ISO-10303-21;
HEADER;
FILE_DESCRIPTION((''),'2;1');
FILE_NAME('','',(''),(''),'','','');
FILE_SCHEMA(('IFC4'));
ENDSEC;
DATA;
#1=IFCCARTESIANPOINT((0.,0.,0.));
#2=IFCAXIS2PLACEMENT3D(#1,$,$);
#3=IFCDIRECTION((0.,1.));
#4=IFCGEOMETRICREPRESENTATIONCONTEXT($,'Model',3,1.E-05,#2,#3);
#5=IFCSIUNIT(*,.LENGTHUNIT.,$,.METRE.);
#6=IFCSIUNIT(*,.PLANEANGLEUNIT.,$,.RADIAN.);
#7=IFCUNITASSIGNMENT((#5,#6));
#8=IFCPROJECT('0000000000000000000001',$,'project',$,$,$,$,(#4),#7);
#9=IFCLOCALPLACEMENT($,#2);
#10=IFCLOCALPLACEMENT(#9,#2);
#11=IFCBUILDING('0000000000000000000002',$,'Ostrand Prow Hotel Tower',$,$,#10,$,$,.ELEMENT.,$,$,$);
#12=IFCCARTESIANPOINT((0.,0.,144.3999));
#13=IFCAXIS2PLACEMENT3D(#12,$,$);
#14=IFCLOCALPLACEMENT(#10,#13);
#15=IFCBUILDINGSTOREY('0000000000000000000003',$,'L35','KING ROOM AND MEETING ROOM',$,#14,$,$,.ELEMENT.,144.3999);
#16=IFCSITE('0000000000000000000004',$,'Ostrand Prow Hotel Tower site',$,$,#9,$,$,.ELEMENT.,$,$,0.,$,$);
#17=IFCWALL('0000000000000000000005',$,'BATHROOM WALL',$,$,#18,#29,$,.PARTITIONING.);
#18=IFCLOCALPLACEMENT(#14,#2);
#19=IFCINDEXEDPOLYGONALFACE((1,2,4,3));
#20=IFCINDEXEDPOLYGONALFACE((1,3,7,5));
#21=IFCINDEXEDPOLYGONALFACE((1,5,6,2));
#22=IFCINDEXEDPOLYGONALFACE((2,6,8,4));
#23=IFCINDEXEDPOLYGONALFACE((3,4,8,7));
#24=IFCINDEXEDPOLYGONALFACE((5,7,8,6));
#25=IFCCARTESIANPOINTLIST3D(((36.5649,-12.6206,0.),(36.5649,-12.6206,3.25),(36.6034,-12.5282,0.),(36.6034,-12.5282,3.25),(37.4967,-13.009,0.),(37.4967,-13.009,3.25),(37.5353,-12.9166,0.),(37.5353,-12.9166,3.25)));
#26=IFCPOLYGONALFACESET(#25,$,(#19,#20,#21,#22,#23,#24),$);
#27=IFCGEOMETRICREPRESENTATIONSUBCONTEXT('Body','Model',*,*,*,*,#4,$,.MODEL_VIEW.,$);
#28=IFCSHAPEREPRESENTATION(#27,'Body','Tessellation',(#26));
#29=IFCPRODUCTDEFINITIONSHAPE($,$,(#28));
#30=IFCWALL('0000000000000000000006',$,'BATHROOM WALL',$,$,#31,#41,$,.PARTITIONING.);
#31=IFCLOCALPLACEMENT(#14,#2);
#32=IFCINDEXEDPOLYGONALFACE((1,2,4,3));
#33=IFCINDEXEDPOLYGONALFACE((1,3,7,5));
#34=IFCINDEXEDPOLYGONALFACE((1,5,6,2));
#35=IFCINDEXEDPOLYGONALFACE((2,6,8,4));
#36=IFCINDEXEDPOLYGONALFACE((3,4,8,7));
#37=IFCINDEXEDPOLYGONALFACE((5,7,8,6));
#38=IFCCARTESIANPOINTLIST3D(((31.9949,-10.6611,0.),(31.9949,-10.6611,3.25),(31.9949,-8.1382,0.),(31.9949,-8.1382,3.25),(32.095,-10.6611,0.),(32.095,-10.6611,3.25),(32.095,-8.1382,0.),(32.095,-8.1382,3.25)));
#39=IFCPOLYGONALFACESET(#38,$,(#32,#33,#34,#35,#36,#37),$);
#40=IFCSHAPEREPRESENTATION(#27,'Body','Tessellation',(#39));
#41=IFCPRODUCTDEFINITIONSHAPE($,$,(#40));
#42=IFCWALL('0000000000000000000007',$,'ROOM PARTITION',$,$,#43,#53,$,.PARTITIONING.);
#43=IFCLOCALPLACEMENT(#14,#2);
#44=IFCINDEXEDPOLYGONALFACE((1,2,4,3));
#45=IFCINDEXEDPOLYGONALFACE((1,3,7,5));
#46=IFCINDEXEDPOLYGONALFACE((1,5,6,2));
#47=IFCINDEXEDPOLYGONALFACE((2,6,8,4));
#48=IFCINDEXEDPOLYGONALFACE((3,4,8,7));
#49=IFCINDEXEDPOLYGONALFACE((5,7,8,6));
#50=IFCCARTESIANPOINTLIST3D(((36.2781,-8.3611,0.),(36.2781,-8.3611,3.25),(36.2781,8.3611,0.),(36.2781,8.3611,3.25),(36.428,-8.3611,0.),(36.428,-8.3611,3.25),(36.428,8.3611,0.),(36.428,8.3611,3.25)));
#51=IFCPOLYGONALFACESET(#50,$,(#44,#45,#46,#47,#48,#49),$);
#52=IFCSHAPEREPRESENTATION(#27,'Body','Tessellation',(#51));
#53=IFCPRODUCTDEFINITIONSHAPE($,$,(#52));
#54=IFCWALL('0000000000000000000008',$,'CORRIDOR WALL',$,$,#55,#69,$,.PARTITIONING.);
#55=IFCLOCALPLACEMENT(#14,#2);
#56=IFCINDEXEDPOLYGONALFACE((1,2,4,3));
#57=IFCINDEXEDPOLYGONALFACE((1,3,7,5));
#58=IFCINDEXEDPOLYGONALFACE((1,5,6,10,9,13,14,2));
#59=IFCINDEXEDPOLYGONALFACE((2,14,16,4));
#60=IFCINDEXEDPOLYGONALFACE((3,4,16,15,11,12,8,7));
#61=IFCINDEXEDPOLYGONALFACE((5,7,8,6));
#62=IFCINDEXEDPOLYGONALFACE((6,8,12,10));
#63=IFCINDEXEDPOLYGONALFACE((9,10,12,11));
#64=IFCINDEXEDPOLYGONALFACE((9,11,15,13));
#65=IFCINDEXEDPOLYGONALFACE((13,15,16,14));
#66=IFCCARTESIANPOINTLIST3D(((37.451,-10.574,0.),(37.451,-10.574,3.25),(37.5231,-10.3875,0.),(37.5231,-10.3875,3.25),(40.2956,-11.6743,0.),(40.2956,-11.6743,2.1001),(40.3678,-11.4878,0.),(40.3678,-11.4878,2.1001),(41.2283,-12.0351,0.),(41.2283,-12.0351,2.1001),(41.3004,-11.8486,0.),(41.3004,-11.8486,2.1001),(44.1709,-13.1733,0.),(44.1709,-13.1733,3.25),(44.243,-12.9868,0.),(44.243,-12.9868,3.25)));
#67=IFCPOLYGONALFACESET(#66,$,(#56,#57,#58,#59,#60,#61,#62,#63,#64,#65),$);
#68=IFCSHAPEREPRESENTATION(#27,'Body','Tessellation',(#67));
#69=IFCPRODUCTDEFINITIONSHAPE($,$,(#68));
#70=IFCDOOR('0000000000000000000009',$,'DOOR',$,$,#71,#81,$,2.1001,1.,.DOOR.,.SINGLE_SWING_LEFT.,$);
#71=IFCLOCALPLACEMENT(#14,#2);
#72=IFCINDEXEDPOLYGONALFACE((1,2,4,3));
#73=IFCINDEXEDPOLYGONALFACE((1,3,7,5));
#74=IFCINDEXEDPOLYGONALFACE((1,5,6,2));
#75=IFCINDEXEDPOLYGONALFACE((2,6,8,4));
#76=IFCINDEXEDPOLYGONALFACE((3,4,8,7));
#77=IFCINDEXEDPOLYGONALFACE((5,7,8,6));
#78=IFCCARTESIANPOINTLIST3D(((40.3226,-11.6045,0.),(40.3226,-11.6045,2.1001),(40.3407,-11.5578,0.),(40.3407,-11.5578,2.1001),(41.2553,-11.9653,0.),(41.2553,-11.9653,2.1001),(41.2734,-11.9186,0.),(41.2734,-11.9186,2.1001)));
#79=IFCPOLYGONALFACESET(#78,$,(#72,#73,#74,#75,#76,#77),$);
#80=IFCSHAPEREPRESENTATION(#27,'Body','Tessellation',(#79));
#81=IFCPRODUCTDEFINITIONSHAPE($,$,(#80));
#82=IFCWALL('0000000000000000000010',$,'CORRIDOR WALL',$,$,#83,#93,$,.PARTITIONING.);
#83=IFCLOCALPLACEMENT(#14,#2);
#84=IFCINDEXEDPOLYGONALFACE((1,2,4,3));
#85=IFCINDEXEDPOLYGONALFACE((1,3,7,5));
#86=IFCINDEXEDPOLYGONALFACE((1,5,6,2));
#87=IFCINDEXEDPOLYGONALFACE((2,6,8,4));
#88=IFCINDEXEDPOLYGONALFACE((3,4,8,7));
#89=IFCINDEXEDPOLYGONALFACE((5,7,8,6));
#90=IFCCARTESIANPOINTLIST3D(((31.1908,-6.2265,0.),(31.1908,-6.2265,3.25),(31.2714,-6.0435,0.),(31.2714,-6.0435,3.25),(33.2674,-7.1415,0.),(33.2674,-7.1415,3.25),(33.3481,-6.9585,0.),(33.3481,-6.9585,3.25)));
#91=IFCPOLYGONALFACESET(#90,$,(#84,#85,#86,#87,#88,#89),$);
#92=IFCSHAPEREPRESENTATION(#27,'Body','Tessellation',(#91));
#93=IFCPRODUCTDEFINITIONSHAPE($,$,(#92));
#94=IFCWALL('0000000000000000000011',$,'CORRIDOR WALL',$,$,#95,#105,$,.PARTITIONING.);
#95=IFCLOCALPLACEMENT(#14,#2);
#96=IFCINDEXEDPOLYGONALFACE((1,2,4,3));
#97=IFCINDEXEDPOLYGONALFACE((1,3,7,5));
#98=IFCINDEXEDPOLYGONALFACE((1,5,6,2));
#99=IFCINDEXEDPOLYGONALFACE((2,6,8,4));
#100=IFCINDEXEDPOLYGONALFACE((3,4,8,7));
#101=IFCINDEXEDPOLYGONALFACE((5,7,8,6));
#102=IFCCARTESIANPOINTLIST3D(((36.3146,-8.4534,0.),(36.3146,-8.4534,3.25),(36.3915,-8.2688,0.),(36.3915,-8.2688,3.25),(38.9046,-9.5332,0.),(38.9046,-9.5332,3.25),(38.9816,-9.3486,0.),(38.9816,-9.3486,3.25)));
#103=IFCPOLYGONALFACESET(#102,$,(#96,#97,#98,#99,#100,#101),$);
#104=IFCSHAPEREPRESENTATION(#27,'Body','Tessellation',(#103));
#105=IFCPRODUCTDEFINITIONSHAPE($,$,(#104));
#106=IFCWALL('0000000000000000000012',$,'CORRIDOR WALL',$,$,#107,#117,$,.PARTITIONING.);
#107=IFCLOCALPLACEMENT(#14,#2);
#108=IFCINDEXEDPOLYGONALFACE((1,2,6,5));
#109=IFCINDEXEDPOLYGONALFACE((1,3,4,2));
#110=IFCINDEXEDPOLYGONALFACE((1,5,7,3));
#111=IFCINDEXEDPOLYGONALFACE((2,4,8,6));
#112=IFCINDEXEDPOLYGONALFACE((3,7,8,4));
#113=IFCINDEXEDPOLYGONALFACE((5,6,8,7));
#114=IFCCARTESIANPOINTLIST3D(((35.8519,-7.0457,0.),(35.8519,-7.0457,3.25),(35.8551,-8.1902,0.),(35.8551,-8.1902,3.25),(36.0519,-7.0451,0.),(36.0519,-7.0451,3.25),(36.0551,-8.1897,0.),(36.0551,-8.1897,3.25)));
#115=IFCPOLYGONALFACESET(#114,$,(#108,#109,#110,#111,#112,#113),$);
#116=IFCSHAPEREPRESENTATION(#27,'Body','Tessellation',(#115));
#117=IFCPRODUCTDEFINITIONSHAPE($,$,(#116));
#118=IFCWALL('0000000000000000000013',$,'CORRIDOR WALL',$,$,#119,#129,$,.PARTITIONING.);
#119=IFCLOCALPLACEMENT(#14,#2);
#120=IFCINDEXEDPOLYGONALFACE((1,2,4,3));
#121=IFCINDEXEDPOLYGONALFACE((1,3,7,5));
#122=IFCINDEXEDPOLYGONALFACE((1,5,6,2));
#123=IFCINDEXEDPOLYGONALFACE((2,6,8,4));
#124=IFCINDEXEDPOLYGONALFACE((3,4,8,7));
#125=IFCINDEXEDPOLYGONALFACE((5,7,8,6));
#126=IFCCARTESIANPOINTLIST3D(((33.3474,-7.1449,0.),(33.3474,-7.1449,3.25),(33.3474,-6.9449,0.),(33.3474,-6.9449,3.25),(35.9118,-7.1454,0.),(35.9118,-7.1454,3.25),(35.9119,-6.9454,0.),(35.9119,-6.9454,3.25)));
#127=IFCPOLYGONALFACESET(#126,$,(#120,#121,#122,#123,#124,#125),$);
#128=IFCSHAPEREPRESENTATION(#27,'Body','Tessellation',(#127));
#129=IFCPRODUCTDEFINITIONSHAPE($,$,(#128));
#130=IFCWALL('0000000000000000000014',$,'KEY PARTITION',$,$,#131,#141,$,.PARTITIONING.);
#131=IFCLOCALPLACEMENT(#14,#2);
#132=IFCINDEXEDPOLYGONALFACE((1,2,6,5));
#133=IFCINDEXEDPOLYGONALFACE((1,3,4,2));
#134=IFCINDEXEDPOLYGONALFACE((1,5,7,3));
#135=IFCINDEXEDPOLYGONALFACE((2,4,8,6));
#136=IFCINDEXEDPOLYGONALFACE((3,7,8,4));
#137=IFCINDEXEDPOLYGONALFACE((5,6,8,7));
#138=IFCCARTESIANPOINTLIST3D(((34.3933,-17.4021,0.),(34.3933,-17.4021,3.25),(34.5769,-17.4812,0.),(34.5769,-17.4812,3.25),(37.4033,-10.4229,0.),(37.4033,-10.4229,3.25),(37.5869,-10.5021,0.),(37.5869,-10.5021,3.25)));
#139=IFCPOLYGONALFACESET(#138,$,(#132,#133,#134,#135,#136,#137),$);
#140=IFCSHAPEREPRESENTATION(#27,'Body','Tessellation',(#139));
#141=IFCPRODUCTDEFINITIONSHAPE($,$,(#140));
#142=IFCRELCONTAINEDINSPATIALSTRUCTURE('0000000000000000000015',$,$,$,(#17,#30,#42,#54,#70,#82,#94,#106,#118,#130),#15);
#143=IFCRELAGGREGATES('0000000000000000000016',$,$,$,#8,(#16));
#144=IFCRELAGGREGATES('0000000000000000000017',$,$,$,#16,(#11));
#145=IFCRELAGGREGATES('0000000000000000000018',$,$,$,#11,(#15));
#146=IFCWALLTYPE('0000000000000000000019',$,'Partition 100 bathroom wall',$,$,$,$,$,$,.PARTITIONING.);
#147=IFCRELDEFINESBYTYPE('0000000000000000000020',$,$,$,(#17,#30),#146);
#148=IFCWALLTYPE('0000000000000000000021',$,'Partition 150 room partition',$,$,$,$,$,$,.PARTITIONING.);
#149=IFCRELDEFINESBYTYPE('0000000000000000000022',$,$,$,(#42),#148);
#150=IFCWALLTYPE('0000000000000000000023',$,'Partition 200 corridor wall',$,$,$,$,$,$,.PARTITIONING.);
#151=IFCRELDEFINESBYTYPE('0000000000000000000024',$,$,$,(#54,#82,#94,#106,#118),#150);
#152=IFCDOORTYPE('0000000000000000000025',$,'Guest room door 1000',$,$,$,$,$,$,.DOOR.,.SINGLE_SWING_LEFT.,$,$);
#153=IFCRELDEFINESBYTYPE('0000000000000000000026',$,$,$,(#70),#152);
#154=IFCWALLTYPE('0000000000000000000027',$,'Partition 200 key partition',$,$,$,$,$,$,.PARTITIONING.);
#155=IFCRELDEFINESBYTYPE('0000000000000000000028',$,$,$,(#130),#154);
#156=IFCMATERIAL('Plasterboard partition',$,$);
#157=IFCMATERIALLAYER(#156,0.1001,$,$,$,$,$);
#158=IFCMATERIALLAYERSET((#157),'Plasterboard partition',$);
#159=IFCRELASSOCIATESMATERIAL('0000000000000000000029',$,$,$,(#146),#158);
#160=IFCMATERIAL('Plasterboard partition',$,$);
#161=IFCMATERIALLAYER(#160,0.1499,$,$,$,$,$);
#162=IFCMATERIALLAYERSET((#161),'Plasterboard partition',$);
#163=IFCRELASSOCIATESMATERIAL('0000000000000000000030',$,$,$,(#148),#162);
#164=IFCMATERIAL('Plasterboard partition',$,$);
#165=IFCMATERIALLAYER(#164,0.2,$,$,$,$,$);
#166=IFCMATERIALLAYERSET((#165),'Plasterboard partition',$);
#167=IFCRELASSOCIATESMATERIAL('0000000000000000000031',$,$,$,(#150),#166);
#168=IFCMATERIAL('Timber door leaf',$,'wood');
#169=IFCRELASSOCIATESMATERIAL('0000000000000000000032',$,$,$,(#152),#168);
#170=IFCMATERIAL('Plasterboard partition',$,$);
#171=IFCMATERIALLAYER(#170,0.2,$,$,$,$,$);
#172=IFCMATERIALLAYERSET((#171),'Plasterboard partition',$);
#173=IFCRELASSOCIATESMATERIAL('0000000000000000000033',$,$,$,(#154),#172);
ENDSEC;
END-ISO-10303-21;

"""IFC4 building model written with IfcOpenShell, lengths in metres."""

from ifc_helpers import new_model, si_unit, direction, frame, frame_2d, origin, place, context, subcontext, project, spatial, rectangle, extrude, material, layer, layer_set, type_object, element, fill, save


model = new_model("IFC4")

# Units and contexts
model_context = context("Model", 3, precision=1e-05, world=origin(), true_north=direction((0.0, 1.0)))
body_context = subcontext(model_context, "Body", "Model", "MODEL_VIEW")
ifc_project = project(units=[si_unit("LENGTHUNIT", "METRE"), si_unit("PLANEANGLEUNIT", "RADIAN")], contexts=[model_context])

# Site, building, storey
site_placement = place(None, origin())
site = spatial("IfcSite", under=ifc_project, at=site_placement, Name="Ostrand Prow Hotel Tower site", CompositionType="ELEMENT", RefElevation=0.0)
building_placement = place(site_placement, origin())
building = spatial("IfcBuilding", under=site, at=building_placement, Name="Ostrand Prow Hotel Tower", CompositionType="ELEMENT")
storey_placement = place(building_placement, frame((0.0, 0.0, 144.3999)))
storey = spatial("IfcBuildingStorey", under=building, at=storey_placement, Name="L35", Description="KING ROOM AND MEETING ROOM", CompositionType="ELEMENT", Elevation=144.3999)

# Shared definitions
ifc_material_1 = material(Name="Plasterboard partition")
ifc_layer_1 = layer(ifc_material_1, 0.1001)
ifc_layer_set_1 = layer_set([ifc_layer_1], Name="Plasterboard partition")
wall_type_1 = type_object("IfcWallType", Name="Partition 100 bathroom wall", PredefinedType="PARTITIONING", material=ifc_layer_set_1)

# Walls
wall_1_placement = place(storey_placement, frame((37.5161, -12.9629, 0.0), z_axis=(0.0, 0.0, 1.0), x_axis=(-0.923027, 0.384736, 0.0)))
element("IfcWall", 1, at=wall_1_placement, inside=storey, type_object=wall_type_1, Name="BATHROOM WALL", PredefinedType="PARTITIONING", context=body_context, shape_type="SweptSolid", body=[
    extrude(rectangle(XDim=1.0095, YDim=0.1001, at=frame_2d((0.5049, 0.0))), origin(), (0.0, 0.0, 1.0), 3.25),
])
wall_2_placement = place(storey_placement, frame((32.0449, -8.1382, 0.0), z_axis=(0.0, 0.0, 1.0), x_axis=(0.0, -1.0, 0.0)))
element("IfcWall", 2, at=wall_2_placement, inside=storey, type_object=wall_type_1, Name="BATHROOM WALL", PredefinedType="PARTITIONING", context=body_context, shape_type="SweptSolid", body=[
    extrude(rectangle(XDim=2.5229, YDim=0.1001, at=frame_2d((1.2615, 0.0))), origin(), (0.0, 0.0, 1.0), 3.25),
])
ifc_material_2 = material(Name="Plasterboard partition")
ifc_layer_2 = layer(ifc_material_2, 0.1499)
ifc_layer_set_2 = layer_set([ifc_layer_2], Name="Plasterboard partition")
wall_type_2 = type_object("IfcWallType", Name="Partition 150 room partition", PredefinedType="PARTITIONING", material=ifc_layer_set_2)
wall_3_placement = place(storey_placement, frame((36.353, -8.3611, 0.0), z_axis=(0.0, 0.0, 1.0), x_axis=(0.0, 1.0, 0.0)))
element("IfcWall", 3, at=wall_3_placement, inside=storey, type_object=wall_type_2, Name="ROOM PARTITION", PredefinedType="PARTITIONING", context=body_context, shape_type="SweptSolid", body=[
    extrude(rectangle(XDim=16.7222, YDim=0.1499, at=frame_2d((8.3611, 0.0))), origin(), (0.0, 0.0, 1.0), 3.25),
])

# Wall, opening, door
ifc_material_3 = material(Name="Plasterboard partition")
ifc_layer_3 = layer(ifc_material_3, 0.2)
ifc_layer_set_3 = layer_set([ifc_layer_3], Name="Plasterboard partition")
wall_type_3 = type_object("IfcWallType", Name="Partition 200 corridor wall", PredefinedType="PARTITIONING", material=ifc_layer_set_3)
wall_4_placement = place(storey_placement, frame((37.4871, -10.4807, 0.0), z_axis=(0.0, 0.0, 1.0), x_axis=(0.932657, -0.360763, 0.0)))
wall_4 = element("IfcWall", 4, at=wall_4_placement, inside=storey, type_object=wall_type_3, Name="CORRIDOR WALL", PredefinedType="PARTITIONING", context=body_context, shape_type="SweptSolid", body=[
    extrude(rectangle(XDim=7.2051, YDim=0.2, at=frame_2d((3.6025, 0.0))), origin(), (0.0, 0.0, 1.0), 3.25),
])
opening_1_placement = place(wall_4_placement, frame((3.05, 0.0, 0.0)))
opening_1 = element("IfcOpeningElement", 5, at=opening_1_placement, cuts=wall_4, PredefinedType="OPENING", context=body_context, shape_type="SweptSolid", body=[
    extrude(rectangle(XDim=1.0, YDim=2.1001, at=frame_2d((0.5, 1.05))), frame((0.0, 0.1099, 0.0), z_axis=(0.0, -1.0, 0.0), x_axis=(1.0, 0.0, 0.0)), (0.0, 0.0, 1.0), 0.22),
])
ifc_material_4 = material(Name="Timber door leaf", Category="wood")
door_type_1 = type_object("IfcDoorType", Name="Guest room door 1000", OperationType="SINGLE_SWING_LEFT", PredefinedType="DOOR", material=ifc_material_4)
door_1_placement = place(opening_1_placement, origin())
door_1 = element("IfcDoor", 6, at=door_1_placement, inside=storey, type_object=door_type_1, Name="DOOR", OperationType="SINGLE_SWING_LEFT", OverallHeight=2.1001, OverallWidth=1.0, PredefinedType="DOOR", context=body_context, shape_type="SweptSolid", body=[
    extrude(rectangle(XDim=1.0, YDim=2.1001, at=frame_2d((0.5, 1.05))), frame((0.0, 0.0249, 0.0), z_axis=(0.0, -1.0, 0.0), x_axis=(1.0, 0.0, 0.0)), (0.0, 0.0, 1.0), 0.05),
])
fill(opening_1, door_1)

# Walls
wall_5_placement = place(storey_placement, frame((33.3079, -7.05, 0.0), z_axis=(0.0, 0.0, 1.0), x_axis=(-0.915102, 0.403222, 0.0)))
element("IfcWall", 7, at=wall_5_placement, inside=storey, type_object=wall_type_3, Name="CORRIDOR WALL", PredefinedType="PARTITIONING", context=body_context, shape_type="SweptSolid", body=[
    extrude(rectangle(XDim=2.2693, YDim=0.2, at=frame_2d((1.1348, 0.0))), origin(), (0.0, 0.0, 1.0), 3.25),
])
wall_6_placement = place(storey_placement, frame((38.9431, -9.4409, 0.0), z_axis=(0.0, 0.0, 1.0), x_axis=(-0.922997, 0.384807, 0.0)))
element("IfcWall", 8, at=wall_6_placement, inside=storey, type_object=wall_type_3, Name="CORRIDOR WALL", PredefinedType="PARTITIONING", context=body_context, shape_type="SweptSolid", body=[
    extrude(rectangle(XDim=2.8062, YDim=0.2, at=frame_2d((1.4031, 0.0))), origin(), (0.0, 0.0, 1.0), 3.25),
])
wall_7_placement = place(storey_placement, frame((35.9551, -8.1899, 0.0), z_axis=(0.0, 0.0, 1.0), x_axis=(-0.002773, 0.999996, 0.0)))
element("IfcWall", 9, at=wall_7_placement, inside=storey, type_object=wall_type_3, Name="CORRIDOR WALL", PredefinedType="PARTITIONING", context=body_context, shape_type="SweptSolid", body=[
    extrude(rectangle(XDim=1.1445, YDim=0.2, at=frame_2d((0.5723, 0.0))), origin(), (0.0, 0.0, 1.0), 3.25),
])
wall_8_placement = place(storey_placement, frame((35.9119, -7.0454, 0.0), z_axis=(0.0, 0.0, 1.0), x_axis=(-1.0, 0.00019, 0.0)))
element("IfcWall", 10, at=wall_8_placement, inside=storey, type_object=wall_type_3, Name="CORRIDOR WALL", PredefinedType="PARTITIONING", context=body_context, shape_type="SweptSolid", body=[
    extrude(rectangle(XDim=2.5645, YDim=0.2, at=frame_2d((1.2822, 0.0))), origin(), (0.0, 0.0, 1.0), 3.25),
])
ifc_material_5 = material(Name="Plasterboard partition")
ifc_layer_4 = layer(ifc_material_5, 0.2)
ifc_layer_set_4 = layer_set([ifc_layer_4], Name="Plasterboard partition")
wall_type_4 = type_object("IfcWallType", Name="Partition 200 key partition", PredefinedType="PARTITIONING", material=ifc_layer_set_4)
wall_9_placement = place(storey_placement, frame((34.4851, -17.4417, 0.0), z_axis=(0.0, 0.0, 1.0), x_axis=(0.396019, 0.918242, 0.0)))
element("IfcWall", 11, at=wall_9_placement, inside=storey, type_object=wall_type_4, Name="KEY PARTITION", PredefinedType="PARTITIONING", context=body_context, shape_type="SweptSolid", body=[
    extrude(rectangle(XDim=7.6006, YDim=0.2, at=frame_2d((3.8003, 0.0))), origin(), (0.0, 0.0, 1.0), 3.25),
])

save(model, "model.ifc")
